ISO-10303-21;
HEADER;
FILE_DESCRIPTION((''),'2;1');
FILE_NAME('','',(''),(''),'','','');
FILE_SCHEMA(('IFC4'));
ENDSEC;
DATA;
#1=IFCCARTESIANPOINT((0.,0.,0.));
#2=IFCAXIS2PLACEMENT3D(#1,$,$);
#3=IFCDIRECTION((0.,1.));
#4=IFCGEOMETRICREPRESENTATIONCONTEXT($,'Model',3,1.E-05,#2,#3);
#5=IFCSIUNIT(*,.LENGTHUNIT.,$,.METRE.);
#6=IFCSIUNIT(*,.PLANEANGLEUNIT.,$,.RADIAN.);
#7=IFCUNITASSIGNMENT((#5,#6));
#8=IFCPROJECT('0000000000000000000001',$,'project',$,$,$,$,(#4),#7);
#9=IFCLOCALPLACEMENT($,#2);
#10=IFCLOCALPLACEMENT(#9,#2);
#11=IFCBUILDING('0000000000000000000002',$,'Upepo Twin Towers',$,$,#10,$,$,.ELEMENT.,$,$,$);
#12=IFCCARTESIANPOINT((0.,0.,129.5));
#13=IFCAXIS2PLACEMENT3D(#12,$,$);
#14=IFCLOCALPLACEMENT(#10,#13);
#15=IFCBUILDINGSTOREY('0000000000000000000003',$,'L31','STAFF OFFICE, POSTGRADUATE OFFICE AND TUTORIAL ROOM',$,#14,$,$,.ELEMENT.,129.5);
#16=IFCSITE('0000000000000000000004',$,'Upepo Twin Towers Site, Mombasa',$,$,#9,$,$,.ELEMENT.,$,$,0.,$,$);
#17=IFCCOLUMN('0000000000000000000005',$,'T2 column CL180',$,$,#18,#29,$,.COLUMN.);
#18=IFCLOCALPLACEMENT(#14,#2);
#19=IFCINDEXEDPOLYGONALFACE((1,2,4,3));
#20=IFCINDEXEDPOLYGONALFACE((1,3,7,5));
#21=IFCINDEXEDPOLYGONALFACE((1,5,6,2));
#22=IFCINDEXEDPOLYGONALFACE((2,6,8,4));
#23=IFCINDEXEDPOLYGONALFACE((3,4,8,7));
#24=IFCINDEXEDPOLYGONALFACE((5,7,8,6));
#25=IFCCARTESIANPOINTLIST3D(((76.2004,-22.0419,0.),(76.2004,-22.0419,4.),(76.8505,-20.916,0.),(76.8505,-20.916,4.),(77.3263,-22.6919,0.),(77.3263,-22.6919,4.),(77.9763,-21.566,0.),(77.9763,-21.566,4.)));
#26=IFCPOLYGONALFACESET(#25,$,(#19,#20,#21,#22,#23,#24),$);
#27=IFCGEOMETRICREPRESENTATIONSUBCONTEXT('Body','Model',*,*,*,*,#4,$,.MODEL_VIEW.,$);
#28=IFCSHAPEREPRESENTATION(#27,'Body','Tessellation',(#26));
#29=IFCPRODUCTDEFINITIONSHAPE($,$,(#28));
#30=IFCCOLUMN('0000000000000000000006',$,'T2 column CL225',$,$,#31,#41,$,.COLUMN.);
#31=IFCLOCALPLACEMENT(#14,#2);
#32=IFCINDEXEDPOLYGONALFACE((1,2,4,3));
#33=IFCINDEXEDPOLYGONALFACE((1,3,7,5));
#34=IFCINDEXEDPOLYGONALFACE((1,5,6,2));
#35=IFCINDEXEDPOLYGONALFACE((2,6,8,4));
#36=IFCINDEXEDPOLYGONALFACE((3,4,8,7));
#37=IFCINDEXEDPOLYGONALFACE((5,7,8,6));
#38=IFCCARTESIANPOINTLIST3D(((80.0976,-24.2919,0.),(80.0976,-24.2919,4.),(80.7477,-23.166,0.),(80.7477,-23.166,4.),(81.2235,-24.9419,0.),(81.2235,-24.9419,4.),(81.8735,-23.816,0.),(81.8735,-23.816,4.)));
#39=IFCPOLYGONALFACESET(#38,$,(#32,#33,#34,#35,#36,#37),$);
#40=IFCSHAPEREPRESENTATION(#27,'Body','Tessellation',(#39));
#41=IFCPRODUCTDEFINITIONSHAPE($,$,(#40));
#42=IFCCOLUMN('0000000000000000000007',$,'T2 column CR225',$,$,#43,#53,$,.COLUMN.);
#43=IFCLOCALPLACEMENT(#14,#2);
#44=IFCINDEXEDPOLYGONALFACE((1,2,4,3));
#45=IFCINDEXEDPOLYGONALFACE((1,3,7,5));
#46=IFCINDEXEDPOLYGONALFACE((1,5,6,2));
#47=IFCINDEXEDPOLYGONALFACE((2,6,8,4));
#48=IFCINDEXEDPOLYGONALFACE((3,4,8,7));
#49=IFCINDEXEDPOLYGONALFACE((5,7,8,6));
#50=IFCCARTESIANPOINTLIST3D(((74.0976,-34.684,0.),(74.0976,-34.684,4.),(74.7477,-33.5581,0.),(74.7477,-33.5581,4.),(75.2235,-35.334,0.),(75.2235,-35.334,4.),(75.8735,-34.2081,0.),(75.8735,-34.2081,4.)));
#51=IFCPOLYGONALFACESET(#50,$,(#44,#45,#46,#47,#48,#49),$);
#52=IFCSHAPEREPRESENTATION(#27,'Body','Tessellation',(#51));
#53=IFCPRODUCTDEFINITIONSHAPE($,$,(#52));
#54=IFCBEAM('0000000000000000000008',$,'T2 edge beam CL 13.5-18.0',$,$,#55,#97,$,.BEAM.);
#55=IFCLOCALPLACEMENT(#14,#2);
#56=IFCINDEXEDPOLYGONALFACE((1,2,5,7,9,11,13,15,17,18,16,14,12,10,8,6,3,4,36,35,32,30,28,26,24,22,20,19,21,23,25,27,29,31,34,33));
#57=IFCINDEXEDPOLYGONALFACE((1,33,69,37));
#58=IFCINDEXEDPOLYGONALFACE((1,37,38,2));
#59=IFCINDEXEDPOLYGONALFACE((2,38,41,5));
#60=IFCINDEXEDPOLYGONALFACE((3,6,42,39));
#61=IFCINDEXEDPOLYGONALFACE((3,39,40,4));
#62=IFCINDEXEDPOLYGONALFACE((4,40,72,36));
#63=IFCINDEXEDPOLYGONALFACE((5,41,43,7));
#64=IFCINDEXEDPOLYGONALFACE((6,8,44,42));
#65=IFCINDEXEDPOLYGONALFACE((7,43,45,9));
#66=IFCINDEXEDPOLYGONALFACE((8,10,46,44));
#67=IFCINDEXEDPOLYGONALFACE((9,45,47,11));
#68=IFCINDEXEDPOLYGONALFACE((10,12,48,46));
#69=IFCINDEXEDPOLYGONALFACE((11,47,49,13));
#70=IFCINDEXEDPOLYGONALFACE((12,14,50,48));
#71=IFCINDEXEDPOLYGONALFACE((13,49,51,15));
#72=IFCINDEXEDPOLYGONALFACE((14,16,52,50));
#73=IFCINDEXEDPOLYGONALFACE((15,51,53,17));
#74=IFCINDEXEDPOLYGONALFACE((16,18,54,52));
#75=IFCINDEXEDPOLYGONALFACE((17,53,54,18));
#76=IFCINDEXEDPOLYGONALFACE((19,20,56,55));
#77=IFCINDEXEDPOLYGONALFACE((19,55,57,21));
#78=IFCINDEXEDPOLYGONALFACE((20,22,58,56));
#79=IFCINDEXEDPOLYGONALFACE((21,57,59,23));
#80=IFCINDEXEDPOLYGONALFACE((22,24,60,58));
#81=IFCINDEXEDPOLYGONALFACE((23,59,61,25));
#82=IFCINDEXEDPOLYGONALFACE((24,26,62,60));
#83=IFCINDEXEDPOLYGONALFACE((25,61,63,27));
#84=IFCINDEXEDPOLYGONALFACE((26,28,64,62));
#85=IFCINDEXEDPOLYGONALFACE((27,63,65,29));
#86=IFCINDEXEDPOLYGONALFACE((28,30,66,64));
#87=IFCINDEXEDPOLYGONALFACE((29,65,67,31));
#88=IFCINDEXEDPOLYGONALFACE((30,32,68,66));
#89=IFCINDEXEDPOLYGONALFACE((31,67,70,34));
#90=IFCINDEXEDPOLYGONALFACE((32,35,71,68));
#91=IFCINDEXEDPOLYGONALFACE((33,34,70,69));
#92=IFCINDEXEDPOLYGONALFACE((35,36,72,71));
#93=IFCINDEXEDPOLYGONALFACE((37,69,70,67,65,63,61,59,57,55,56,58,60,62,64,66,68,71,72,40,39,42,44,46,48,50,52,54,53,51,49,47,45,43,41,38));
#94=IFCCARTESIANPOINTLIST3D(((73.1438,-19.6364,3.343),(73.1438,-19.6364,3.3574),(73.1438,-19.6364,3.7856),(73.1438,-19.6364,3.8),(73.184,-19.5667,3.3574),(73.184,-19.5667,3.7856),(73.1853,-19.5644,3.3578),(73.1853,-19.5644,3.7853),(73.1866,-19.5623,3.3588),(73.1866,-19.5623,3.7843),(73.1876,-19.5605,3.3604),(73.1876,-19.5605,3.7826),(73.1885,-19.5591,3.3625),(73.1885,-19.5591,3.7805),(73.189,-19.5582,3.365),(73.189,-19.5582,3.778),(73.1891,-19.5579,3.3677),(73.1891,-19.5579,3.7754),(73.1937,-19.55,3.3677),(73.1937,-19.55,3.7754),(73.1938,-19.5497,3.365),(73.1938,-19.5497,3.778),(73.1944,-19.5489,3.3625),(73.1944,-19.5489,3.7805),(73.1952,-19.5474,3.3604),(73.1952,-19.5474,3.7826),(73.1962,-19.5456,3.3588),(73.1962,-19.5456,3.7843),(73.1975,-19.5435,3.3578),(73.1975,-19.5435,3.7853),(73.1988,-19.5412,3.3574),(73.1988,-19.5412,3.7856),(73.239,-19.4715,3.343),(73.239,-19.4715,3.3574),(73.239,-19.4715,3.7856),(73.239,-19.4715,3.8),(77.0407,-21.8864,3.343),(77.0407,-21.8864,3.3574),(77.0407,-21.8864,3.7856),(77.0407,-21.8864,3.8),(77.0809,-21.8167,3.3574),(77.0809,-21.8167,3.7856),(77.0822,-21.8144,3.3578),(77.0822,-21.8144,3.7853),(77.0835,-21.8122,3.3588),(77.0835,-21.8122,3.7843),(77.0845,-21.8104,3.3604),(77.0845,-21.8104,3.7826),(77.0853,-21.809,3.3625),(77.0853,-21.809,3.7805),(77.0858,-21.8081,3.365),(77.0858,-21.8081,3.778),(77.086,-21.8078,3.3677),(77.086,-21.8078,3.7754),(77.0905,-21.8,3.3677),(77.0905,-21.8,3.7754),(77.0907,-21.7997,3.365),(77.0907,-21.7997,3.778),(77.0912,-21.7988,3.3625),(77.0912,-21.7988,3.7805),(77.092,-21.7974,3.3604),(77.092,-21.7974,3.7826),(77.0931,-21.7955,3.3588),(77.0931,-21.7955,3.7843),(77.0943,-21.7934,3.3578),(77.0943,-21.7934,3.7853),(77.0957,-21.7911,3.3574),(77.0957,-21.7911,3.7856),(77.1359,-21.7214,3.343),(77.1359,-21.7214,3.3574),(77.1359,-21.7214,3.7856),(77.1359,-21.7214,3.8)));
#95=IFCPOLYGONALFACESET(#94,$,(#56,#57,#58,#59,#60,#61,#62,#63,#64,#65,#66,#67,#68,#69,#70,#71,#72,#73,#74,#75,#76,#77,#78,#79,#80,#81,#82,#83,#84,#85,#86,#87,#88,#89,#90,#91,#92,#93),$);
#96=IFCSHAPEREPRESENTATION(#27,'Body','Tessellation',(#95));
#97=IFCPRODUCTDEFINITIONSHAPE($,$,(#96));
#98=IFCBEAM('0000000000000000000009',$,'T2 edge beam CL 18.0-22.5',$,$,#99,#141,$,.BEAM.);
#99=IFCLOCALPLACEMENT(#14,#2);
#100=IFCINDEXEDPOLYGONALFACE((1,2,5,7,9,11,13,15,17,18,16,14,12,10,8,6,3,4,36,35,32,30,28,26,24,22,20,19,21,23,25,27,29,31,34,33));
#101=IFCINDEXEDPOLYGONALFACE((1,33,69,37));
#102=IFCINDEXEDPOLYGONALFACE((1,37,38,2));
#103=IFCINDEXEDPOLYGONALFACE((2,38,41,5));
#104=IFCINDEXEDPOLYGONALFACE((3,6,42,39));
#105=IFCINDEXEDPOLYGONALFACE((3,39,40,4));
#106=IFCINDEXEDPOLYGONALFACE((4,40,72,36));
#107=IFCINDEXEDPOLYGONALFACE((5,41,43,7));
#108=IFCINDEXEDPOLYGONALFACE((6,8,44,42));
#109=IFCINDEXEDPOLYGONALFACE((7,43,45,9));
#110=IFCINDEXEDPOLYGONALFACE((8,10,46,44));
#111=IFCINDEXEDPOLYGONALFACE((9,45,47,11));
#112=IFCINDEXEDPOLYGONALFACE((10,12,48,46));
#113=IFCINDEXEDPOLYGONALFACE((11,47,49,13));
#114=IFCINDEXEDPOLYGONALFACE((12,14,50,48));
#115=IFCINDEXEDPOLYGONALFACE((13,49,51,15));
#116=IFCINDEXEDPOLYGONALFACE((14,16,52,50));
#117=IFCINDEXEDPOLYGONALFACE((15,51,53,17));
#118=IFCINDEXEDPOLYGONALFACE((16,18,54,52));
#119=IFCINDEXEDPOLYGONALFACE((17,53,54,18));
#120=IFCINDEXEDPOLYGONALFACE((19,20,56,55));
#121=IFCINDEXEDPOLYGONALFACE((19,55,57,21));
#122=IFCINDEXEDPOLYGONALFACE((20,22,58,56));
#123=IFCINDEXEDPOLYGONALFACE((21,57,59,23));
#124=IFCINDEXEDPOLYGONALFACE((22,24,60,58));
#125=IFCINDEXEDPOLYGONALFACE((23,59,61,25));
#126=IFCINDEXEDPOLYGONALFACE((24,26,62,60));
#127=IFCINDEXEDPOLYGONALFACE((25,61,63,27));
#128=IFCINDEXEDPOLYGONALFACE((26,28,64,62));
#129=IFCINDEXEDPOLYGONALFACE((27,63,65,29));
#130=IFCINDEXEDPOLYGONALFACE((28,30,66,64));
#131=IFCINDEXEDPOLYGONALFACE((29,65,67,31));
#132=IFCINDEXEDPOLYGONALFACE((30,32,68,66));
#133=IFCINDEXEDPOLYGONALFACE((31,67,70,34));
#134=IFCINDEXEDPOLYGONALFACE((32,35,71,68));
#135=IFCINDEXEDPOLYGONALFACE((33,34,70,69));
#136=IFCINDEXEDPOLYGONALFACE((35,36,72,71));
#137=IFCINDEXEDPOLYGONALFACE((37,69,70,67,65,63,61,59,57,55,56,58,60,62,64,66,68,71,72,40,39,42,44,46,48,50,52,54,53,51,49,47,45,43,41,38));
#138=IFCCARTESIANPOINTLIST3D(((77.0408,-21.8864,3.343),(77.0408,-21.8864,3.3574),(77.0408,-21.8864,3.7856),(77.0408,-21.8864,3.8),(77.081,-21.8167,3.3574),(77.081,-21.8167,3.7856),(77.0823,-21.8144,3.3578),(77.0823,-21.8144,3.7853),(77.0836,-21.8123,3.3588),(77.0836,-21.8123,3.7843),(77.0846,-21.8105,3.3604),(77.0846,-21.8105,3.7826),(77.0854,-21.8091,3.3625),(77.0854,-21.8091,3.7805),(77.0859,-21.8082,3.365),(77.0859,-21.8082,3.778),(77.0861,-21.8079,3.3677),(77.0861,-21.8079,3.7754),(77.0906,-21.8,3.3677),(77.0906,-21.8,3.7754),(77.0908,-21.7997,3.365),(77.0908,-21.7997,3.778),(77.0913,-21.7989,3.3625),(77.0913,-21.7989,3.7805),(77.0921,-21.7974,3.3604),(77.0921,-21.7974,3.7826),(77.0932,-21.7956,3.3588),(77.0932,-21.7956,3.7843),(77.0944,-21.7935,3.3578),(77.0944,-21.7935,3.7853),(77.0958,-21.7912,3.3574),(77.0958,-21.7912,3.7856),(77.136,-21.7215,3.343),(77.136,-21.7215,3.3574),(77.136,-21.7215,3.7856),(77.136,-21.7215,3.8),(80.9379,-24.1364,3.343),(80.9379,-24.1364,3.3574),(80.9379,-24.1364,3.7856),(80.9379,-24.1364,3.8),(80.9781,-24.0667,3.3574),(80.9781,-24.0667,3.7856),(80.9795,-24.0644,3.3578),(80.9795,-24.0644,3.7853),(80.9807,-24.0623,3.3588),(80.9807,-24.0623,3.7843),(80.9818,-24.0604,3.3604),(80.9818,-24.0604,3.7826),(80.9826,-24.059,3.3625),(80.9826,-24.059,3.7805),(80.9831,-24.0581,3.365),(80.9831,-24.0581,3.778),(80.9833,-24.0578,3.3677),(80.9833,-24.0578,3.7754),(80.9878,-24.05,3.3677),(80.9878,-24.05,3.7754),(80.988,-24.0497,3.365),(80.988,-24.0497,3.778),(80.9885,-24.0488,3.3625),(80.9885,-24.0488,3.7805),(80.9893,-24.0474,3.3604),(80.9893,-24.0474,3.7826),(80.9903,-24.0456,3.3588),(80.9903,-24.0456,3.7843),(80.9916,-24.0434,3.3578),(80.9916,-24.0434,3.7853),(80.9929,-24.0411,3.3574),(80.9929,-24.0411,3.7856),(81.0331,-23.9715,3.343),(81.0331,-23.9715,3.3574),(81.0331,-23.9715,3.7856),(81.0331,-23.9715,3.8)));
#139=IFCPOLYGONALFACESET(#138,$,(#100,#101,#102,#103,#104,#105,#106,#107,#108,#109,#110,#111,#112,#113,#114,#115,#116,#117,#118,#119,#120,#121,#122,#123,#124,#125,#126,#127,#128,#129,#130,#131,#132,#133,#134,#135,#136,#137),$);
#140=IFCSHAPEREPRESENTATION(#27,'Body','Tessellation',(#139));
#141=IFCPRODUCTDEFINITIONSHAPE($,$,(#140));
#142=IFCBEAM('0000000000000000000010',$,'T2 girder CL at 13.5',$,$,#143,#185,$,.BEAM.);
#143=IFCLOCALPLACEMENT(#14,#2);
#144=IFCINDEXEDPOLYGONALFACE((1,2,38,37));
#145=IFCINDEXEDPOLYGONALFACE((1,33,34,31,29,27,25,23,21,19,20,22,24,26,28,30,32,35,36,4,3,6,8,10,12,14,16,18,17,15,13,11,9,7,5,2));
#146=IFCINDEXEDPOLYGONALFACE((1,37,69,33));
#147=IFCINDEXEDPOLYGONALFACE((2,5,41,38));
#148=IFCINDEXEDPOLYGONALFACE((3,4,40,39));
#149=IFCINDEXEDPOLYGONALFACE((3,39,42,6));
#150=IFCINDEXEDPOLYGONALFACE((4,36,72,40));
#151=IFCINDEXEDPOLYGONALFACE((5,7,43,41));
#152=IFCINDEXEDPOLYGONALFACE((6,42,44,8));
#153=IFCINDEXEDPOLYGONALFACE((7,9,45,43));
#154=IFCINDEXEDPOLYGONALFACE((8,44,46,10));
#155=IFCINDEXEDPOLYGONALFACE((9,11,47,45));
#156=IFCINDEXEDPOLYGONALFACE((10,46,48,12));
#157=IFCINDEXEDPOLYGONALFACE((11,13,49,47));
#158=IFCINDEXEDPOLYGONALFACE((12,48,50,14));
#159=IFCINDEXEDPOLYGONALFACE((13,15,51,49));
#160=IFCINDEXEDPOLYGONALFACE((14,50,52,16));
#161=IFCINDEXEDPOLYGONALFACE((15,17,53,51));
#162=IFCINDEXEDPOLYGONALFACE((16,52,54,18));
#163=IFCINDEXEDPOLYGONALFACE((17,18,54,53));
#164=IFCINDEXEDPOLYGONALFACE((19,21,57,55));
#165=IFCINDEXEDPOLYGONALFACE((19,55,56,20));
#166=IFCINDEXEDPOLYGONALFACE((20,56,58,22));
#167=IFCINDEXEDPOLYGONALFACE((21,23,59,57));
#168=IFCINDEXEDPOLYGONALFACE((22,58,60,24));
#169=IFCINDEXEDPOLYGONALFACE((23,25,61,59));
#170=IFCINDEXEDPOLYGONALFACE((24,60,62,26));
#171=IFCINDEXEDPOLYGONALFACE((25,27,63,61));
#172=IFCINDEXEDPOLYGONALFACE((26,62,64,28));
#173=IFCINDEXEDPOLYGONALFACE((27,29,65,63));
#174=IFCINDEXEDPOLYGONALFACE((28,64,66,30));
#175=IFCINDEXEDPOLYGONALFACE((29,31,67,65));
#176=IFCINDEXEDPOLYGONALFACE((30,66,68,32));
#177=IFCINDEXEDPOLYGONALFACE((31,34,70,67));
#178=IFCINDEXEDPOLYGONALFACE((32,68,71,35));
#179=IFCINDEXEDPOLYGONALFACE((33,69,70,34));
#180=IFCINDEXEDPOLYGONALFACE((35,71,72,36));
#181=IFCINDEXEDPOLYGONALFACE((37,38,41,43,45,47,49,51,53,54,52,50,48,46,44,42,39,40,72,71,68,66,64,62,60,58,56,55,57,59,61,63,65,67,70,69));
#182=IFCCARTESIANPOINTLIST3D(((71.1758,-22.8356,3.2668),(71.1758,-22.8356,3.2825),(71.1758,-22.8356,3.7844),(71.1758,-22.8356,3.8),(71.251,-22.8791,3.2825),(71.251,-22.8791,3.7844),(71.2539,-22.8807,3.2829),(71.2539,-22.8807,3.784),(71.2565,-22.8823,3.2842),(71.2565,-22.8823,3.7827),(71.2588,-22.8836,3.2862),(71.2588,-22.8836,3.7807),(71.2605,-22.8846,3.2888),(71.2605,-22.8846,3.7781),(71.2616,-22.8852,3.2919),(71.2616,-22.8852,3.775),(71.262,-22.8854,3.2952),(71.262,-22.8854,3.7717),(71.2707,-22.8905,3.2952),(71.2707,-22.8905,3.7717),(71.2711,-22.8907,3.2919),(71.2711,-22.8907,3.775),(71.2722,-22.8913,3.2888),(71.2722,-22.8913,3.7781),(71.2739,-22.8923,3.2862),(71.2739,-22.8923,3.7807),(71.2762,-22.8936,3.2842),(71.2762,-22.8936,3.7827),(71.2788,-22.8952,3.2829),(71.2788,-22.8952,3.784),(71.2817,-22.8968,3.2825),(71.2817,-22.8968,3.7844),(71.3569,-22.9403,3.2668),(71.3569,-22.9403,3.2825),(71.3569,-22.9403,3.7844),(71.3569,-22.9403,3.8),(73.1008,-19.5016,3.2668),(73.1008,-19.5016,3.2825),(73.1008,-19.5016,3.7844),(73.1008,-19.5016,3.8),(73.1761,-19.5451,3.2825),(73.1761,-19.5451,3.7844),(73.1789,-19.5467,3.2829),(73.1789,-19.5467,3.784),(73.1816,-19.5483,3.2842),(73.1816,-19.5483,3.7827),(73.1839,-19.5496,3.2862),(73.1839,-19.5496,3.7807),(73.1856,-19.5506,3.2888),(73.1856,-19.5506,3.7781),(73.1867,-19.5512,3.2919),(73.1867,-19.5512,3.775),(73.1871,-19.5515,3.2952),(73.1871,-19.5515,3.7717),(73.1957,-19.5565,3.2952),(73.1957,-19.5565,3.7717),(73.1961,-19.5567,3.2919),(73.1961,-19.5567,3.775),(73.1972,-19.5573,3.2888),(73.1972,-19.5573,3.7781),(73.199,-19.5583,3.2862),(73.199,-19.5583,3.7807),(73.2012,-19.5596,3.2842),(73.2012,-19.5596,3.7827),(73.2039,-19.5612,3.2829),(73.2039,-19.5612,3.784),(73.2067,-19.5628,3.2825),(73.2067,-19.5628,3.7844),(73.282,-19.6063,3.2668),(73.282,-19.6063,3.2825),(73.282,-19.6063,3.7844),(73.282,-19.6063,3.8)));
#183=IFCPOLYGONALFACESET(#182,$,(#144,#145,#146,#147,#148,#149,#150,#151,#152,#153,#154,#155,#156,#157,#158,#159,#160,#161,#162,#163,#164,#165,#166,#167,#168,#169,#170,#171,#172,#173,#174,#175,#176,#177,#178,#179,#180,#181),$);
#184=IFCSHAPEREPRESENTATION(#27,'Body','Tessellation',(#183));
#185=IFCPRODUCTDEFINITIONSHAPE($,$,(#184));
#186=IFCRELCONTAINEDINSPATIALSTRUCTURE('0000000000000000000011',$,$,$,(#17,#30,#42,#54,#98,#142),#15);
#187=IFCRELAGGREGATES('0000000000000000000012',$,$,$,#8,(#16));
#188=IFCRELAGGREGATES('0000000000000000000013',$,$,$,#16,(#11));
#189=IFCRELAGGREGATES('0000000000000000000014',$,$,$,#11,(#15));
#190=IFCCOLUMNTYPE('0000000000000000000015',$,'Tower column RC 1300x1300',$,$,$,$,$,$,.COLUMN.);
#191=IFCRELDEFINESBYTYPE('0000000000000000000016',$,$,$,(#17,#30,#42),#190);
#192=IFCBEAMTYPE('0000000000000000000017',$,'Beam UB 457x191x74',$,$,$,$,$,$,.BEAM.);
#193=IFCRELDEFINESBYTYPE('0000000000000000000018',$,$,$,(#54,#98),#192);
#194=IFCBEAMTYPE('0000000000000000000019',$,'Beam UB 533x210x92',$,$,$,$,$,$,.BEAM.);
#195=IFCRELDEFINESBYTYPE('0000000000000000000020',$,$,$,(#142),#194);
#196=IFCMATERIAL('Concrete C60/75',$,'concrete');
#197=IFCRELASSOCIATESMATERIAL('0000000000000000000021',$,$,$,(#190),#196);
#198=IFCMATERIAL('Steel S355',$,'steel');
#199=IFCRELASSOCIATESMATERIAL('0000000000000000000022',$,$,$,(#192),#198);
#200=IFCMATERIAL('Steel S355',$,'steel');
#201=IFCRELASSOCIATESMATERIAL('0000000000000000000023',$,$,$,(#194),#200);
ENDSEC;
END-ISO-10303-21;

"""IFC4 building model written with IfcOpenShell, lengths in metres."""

from ifc_helpers import new_model, si_unit, direction, frame, origin, origin_2d, place, context, subcontext, project, spatial, rectangle, i_section, extrude, material, material_profile, profile_set, type_object, element, save


model = new_model("IFC4")

# Units and contexts
model_context = context("Model", 3, precision=1e-05, world=origin(), true_north=direction((0.0, 1.0)))
body_context = subcontext(model_context, "Body", "Model", "MODEL_VIEW")
ifc_project = project(units=[si_unit("LENGTHUNIT", "METRE"), si_unit("PLANEANGLEUNIT", "RADIAN")], contexts=[model_context])

# Site, building, storey
site_placement = place(None, origin())
site = spatial("IfcSite", under=ifc_project, at=site_placement, Name="Upepo Twin Towers Site, Mombasa", CompositionType="ELEMENT", RefElevation=0.0)
building_placement = place(site_placement, origin())
building = spatial("IfcBuilding", under=site, at=building_placement, Name="Upepo Twin Towers", CompositionType="ELEMENT")
storey_placement = place(building_placement, frame((0.0, 0.0, 129.5)))
storey = spatial("IfcBuildingStorey", under=building, at=storey_placement, Name="L31", Description="STAFF OFFICE, POSTGRADUATE OFFICE AND TUTORIAL ROOM", CompositionType="ELEMENT", Elevation=129.5)

# Columns
ifc_material_1 = material(Name="Concrete C60/75", Category="concrete")
ifc_material_profile_1 = material_profile(ifc_material_1, rectangle(XDim=1.3, YDim=1.3, at=origin_2d()), Name="RC 1300x1300")
ifc_profile_set_1 = profile_set([ifc_material_profile_1], Name="Concrete C60/75")
column_type = type_object("IfcColumnType", Name="Tower column RC 1300x1300", PredefinedType="COLUMN", material=ifc_profile_set_1)
for number, where, z_axis, x_axis, name in (
    (1, (77.0884, -21.804, 0.0), (0.0, 0.0, 1.0), (0.5, 0.866025, 0.0), "T2 column CL180"),
    (2, (80.9856, -24.054, 0.0), (0.0, 0.0, 1.0), (0.5, 0.866025, 0.0), "T2 column CL225"),
    (3, (74.9856, -34.446, 0.0), (0.0, 0.0, 1.0), (0.5, 0.866025, 0.0), "T2 column CR225"),
):
    element("IfcColumn", number, at=place(storey_placement, frame(where, z_axis=z_axis, x_axis=x_axis)), inside=storey, type_object=column_type, Name=name, PredefinedType="COLUMN", context=body_context, shape_type="SweptSolid", body=[
        extrude(rectangle(XDim=1.3, YDim=1.3, at=origin_2d()), origin(), (0.0, 0.0, 1.0), 4.0),
    ])

# Beams
ifc_material_2 = material(Name="Steel S355", Category="steel")
ifc_material_profile_2 = material_profile(ifc_material_2, i_section(OverallWidth=0.1904, OverallDepth=0.457, WebThickness=0.009, FlangeThickness=0.0144, FilletRadius=0.0103, at=origin_2d()), Name="UB 457x191x74")
ifc_profile_set_2 = profile_set([ifc_material_profile_2], Name="Steel S355")
beam_type_1 = type_object("IfcBeamType", Name="Beam UB 457x191x74", PredefinedType="BEAM", material=ifc_profile_set_2)
beam_1_placement = place(storey_placement, frame((73.1914, -19.554, 3.5715), z_axis=(0.866018, -0.500014, 0.0), x_axis=(0.500014, 0.866018, 0.0)))
element("IfcBeam", 4, at=beam_1_placement, inside=storey, type_object=beam_type_1, Name="T2 edge beam CL 13.5-18.0", PredefinedType="BEAM", context=body_context, shape_type="SweptSolid", body=[
    extrude(i_section(OverallWidth=0.1904, OverallDepth=0.457, WebThickness=0.009, FlangeThickness=0.0144, FilletRadius=0.0103, at=origin_2d()), origin(), (0.0, 0.0, 1.0), 4.4998),
])
beam_2_placement = place(storey_placement, frame((77.0884, -21.804, 3.5715), z_axis=(0.866031, -0.49999, 0.0), x_axis=(0.49999, 0.866031, 0.0)))
element("IfcBeam", 5, at=beam_2_placement, inside=storey, type_object=beam_type_1, Name="T2 edge beam CL 18.0-22.5", PredefinedType="BEAM", context=body_context, shape_type="SweptSolid", body=[
    extrude(i_section(OverallWidth=0.1904, OverallDepth=0.457, WebThickness=0.009, FlangeThickness=0.0144, FilletRadius=0.0103, at=origin_2d()), origin(), (0.0, 0.0, 1.0), 4.5),
])
ifc_material_3 = material(Name="Steel S355", Category="steel")
ifc_material_profile_3 = material_profile(ifc_material_3, i_section(OverallWidth=0.2092, OverallDepth=0.5332, WebThickness=0.01, FlangeThickness=0.0156, FilletRadius=0.0127, at=origin_2d()), Name="UB 533x210x92")
ifc_profile_set_3 = profile_set([ifc_material_profile_3], Name="Steel S355")
beam_type_2 = type_object("IfcBeamType", Name="Beam UB 533x210x92", PredefinedType="BEAM", material=ifc_profile_set_3)
beam_3_placement = place(storey_placement, frame((73.1914, -19.554, 3.5334), z_axis=(-0.500034, -0.866006, 0.0), x_axis=(0.866006, -0.500034, 0.0)))
element("IfcBeam", 6, at=beam_3_placement, inside=storey, type_object=beam_type_2, Name="T2 girder CL at 13.5", PredefinedType="BEAM", context=body_context, shape_type="SweptSolid", body=[
    extrude(i_section(OverallWidth=0.2092, OverallDepth=0.5332, WebThickness=0.01, FlangeThickness=0.0156, FilletRadius=0.0127, at=origin_2d()), origin(), (0.0, 0.0, 1.0), 3.8499),
])

save(model, "model.ifc")
